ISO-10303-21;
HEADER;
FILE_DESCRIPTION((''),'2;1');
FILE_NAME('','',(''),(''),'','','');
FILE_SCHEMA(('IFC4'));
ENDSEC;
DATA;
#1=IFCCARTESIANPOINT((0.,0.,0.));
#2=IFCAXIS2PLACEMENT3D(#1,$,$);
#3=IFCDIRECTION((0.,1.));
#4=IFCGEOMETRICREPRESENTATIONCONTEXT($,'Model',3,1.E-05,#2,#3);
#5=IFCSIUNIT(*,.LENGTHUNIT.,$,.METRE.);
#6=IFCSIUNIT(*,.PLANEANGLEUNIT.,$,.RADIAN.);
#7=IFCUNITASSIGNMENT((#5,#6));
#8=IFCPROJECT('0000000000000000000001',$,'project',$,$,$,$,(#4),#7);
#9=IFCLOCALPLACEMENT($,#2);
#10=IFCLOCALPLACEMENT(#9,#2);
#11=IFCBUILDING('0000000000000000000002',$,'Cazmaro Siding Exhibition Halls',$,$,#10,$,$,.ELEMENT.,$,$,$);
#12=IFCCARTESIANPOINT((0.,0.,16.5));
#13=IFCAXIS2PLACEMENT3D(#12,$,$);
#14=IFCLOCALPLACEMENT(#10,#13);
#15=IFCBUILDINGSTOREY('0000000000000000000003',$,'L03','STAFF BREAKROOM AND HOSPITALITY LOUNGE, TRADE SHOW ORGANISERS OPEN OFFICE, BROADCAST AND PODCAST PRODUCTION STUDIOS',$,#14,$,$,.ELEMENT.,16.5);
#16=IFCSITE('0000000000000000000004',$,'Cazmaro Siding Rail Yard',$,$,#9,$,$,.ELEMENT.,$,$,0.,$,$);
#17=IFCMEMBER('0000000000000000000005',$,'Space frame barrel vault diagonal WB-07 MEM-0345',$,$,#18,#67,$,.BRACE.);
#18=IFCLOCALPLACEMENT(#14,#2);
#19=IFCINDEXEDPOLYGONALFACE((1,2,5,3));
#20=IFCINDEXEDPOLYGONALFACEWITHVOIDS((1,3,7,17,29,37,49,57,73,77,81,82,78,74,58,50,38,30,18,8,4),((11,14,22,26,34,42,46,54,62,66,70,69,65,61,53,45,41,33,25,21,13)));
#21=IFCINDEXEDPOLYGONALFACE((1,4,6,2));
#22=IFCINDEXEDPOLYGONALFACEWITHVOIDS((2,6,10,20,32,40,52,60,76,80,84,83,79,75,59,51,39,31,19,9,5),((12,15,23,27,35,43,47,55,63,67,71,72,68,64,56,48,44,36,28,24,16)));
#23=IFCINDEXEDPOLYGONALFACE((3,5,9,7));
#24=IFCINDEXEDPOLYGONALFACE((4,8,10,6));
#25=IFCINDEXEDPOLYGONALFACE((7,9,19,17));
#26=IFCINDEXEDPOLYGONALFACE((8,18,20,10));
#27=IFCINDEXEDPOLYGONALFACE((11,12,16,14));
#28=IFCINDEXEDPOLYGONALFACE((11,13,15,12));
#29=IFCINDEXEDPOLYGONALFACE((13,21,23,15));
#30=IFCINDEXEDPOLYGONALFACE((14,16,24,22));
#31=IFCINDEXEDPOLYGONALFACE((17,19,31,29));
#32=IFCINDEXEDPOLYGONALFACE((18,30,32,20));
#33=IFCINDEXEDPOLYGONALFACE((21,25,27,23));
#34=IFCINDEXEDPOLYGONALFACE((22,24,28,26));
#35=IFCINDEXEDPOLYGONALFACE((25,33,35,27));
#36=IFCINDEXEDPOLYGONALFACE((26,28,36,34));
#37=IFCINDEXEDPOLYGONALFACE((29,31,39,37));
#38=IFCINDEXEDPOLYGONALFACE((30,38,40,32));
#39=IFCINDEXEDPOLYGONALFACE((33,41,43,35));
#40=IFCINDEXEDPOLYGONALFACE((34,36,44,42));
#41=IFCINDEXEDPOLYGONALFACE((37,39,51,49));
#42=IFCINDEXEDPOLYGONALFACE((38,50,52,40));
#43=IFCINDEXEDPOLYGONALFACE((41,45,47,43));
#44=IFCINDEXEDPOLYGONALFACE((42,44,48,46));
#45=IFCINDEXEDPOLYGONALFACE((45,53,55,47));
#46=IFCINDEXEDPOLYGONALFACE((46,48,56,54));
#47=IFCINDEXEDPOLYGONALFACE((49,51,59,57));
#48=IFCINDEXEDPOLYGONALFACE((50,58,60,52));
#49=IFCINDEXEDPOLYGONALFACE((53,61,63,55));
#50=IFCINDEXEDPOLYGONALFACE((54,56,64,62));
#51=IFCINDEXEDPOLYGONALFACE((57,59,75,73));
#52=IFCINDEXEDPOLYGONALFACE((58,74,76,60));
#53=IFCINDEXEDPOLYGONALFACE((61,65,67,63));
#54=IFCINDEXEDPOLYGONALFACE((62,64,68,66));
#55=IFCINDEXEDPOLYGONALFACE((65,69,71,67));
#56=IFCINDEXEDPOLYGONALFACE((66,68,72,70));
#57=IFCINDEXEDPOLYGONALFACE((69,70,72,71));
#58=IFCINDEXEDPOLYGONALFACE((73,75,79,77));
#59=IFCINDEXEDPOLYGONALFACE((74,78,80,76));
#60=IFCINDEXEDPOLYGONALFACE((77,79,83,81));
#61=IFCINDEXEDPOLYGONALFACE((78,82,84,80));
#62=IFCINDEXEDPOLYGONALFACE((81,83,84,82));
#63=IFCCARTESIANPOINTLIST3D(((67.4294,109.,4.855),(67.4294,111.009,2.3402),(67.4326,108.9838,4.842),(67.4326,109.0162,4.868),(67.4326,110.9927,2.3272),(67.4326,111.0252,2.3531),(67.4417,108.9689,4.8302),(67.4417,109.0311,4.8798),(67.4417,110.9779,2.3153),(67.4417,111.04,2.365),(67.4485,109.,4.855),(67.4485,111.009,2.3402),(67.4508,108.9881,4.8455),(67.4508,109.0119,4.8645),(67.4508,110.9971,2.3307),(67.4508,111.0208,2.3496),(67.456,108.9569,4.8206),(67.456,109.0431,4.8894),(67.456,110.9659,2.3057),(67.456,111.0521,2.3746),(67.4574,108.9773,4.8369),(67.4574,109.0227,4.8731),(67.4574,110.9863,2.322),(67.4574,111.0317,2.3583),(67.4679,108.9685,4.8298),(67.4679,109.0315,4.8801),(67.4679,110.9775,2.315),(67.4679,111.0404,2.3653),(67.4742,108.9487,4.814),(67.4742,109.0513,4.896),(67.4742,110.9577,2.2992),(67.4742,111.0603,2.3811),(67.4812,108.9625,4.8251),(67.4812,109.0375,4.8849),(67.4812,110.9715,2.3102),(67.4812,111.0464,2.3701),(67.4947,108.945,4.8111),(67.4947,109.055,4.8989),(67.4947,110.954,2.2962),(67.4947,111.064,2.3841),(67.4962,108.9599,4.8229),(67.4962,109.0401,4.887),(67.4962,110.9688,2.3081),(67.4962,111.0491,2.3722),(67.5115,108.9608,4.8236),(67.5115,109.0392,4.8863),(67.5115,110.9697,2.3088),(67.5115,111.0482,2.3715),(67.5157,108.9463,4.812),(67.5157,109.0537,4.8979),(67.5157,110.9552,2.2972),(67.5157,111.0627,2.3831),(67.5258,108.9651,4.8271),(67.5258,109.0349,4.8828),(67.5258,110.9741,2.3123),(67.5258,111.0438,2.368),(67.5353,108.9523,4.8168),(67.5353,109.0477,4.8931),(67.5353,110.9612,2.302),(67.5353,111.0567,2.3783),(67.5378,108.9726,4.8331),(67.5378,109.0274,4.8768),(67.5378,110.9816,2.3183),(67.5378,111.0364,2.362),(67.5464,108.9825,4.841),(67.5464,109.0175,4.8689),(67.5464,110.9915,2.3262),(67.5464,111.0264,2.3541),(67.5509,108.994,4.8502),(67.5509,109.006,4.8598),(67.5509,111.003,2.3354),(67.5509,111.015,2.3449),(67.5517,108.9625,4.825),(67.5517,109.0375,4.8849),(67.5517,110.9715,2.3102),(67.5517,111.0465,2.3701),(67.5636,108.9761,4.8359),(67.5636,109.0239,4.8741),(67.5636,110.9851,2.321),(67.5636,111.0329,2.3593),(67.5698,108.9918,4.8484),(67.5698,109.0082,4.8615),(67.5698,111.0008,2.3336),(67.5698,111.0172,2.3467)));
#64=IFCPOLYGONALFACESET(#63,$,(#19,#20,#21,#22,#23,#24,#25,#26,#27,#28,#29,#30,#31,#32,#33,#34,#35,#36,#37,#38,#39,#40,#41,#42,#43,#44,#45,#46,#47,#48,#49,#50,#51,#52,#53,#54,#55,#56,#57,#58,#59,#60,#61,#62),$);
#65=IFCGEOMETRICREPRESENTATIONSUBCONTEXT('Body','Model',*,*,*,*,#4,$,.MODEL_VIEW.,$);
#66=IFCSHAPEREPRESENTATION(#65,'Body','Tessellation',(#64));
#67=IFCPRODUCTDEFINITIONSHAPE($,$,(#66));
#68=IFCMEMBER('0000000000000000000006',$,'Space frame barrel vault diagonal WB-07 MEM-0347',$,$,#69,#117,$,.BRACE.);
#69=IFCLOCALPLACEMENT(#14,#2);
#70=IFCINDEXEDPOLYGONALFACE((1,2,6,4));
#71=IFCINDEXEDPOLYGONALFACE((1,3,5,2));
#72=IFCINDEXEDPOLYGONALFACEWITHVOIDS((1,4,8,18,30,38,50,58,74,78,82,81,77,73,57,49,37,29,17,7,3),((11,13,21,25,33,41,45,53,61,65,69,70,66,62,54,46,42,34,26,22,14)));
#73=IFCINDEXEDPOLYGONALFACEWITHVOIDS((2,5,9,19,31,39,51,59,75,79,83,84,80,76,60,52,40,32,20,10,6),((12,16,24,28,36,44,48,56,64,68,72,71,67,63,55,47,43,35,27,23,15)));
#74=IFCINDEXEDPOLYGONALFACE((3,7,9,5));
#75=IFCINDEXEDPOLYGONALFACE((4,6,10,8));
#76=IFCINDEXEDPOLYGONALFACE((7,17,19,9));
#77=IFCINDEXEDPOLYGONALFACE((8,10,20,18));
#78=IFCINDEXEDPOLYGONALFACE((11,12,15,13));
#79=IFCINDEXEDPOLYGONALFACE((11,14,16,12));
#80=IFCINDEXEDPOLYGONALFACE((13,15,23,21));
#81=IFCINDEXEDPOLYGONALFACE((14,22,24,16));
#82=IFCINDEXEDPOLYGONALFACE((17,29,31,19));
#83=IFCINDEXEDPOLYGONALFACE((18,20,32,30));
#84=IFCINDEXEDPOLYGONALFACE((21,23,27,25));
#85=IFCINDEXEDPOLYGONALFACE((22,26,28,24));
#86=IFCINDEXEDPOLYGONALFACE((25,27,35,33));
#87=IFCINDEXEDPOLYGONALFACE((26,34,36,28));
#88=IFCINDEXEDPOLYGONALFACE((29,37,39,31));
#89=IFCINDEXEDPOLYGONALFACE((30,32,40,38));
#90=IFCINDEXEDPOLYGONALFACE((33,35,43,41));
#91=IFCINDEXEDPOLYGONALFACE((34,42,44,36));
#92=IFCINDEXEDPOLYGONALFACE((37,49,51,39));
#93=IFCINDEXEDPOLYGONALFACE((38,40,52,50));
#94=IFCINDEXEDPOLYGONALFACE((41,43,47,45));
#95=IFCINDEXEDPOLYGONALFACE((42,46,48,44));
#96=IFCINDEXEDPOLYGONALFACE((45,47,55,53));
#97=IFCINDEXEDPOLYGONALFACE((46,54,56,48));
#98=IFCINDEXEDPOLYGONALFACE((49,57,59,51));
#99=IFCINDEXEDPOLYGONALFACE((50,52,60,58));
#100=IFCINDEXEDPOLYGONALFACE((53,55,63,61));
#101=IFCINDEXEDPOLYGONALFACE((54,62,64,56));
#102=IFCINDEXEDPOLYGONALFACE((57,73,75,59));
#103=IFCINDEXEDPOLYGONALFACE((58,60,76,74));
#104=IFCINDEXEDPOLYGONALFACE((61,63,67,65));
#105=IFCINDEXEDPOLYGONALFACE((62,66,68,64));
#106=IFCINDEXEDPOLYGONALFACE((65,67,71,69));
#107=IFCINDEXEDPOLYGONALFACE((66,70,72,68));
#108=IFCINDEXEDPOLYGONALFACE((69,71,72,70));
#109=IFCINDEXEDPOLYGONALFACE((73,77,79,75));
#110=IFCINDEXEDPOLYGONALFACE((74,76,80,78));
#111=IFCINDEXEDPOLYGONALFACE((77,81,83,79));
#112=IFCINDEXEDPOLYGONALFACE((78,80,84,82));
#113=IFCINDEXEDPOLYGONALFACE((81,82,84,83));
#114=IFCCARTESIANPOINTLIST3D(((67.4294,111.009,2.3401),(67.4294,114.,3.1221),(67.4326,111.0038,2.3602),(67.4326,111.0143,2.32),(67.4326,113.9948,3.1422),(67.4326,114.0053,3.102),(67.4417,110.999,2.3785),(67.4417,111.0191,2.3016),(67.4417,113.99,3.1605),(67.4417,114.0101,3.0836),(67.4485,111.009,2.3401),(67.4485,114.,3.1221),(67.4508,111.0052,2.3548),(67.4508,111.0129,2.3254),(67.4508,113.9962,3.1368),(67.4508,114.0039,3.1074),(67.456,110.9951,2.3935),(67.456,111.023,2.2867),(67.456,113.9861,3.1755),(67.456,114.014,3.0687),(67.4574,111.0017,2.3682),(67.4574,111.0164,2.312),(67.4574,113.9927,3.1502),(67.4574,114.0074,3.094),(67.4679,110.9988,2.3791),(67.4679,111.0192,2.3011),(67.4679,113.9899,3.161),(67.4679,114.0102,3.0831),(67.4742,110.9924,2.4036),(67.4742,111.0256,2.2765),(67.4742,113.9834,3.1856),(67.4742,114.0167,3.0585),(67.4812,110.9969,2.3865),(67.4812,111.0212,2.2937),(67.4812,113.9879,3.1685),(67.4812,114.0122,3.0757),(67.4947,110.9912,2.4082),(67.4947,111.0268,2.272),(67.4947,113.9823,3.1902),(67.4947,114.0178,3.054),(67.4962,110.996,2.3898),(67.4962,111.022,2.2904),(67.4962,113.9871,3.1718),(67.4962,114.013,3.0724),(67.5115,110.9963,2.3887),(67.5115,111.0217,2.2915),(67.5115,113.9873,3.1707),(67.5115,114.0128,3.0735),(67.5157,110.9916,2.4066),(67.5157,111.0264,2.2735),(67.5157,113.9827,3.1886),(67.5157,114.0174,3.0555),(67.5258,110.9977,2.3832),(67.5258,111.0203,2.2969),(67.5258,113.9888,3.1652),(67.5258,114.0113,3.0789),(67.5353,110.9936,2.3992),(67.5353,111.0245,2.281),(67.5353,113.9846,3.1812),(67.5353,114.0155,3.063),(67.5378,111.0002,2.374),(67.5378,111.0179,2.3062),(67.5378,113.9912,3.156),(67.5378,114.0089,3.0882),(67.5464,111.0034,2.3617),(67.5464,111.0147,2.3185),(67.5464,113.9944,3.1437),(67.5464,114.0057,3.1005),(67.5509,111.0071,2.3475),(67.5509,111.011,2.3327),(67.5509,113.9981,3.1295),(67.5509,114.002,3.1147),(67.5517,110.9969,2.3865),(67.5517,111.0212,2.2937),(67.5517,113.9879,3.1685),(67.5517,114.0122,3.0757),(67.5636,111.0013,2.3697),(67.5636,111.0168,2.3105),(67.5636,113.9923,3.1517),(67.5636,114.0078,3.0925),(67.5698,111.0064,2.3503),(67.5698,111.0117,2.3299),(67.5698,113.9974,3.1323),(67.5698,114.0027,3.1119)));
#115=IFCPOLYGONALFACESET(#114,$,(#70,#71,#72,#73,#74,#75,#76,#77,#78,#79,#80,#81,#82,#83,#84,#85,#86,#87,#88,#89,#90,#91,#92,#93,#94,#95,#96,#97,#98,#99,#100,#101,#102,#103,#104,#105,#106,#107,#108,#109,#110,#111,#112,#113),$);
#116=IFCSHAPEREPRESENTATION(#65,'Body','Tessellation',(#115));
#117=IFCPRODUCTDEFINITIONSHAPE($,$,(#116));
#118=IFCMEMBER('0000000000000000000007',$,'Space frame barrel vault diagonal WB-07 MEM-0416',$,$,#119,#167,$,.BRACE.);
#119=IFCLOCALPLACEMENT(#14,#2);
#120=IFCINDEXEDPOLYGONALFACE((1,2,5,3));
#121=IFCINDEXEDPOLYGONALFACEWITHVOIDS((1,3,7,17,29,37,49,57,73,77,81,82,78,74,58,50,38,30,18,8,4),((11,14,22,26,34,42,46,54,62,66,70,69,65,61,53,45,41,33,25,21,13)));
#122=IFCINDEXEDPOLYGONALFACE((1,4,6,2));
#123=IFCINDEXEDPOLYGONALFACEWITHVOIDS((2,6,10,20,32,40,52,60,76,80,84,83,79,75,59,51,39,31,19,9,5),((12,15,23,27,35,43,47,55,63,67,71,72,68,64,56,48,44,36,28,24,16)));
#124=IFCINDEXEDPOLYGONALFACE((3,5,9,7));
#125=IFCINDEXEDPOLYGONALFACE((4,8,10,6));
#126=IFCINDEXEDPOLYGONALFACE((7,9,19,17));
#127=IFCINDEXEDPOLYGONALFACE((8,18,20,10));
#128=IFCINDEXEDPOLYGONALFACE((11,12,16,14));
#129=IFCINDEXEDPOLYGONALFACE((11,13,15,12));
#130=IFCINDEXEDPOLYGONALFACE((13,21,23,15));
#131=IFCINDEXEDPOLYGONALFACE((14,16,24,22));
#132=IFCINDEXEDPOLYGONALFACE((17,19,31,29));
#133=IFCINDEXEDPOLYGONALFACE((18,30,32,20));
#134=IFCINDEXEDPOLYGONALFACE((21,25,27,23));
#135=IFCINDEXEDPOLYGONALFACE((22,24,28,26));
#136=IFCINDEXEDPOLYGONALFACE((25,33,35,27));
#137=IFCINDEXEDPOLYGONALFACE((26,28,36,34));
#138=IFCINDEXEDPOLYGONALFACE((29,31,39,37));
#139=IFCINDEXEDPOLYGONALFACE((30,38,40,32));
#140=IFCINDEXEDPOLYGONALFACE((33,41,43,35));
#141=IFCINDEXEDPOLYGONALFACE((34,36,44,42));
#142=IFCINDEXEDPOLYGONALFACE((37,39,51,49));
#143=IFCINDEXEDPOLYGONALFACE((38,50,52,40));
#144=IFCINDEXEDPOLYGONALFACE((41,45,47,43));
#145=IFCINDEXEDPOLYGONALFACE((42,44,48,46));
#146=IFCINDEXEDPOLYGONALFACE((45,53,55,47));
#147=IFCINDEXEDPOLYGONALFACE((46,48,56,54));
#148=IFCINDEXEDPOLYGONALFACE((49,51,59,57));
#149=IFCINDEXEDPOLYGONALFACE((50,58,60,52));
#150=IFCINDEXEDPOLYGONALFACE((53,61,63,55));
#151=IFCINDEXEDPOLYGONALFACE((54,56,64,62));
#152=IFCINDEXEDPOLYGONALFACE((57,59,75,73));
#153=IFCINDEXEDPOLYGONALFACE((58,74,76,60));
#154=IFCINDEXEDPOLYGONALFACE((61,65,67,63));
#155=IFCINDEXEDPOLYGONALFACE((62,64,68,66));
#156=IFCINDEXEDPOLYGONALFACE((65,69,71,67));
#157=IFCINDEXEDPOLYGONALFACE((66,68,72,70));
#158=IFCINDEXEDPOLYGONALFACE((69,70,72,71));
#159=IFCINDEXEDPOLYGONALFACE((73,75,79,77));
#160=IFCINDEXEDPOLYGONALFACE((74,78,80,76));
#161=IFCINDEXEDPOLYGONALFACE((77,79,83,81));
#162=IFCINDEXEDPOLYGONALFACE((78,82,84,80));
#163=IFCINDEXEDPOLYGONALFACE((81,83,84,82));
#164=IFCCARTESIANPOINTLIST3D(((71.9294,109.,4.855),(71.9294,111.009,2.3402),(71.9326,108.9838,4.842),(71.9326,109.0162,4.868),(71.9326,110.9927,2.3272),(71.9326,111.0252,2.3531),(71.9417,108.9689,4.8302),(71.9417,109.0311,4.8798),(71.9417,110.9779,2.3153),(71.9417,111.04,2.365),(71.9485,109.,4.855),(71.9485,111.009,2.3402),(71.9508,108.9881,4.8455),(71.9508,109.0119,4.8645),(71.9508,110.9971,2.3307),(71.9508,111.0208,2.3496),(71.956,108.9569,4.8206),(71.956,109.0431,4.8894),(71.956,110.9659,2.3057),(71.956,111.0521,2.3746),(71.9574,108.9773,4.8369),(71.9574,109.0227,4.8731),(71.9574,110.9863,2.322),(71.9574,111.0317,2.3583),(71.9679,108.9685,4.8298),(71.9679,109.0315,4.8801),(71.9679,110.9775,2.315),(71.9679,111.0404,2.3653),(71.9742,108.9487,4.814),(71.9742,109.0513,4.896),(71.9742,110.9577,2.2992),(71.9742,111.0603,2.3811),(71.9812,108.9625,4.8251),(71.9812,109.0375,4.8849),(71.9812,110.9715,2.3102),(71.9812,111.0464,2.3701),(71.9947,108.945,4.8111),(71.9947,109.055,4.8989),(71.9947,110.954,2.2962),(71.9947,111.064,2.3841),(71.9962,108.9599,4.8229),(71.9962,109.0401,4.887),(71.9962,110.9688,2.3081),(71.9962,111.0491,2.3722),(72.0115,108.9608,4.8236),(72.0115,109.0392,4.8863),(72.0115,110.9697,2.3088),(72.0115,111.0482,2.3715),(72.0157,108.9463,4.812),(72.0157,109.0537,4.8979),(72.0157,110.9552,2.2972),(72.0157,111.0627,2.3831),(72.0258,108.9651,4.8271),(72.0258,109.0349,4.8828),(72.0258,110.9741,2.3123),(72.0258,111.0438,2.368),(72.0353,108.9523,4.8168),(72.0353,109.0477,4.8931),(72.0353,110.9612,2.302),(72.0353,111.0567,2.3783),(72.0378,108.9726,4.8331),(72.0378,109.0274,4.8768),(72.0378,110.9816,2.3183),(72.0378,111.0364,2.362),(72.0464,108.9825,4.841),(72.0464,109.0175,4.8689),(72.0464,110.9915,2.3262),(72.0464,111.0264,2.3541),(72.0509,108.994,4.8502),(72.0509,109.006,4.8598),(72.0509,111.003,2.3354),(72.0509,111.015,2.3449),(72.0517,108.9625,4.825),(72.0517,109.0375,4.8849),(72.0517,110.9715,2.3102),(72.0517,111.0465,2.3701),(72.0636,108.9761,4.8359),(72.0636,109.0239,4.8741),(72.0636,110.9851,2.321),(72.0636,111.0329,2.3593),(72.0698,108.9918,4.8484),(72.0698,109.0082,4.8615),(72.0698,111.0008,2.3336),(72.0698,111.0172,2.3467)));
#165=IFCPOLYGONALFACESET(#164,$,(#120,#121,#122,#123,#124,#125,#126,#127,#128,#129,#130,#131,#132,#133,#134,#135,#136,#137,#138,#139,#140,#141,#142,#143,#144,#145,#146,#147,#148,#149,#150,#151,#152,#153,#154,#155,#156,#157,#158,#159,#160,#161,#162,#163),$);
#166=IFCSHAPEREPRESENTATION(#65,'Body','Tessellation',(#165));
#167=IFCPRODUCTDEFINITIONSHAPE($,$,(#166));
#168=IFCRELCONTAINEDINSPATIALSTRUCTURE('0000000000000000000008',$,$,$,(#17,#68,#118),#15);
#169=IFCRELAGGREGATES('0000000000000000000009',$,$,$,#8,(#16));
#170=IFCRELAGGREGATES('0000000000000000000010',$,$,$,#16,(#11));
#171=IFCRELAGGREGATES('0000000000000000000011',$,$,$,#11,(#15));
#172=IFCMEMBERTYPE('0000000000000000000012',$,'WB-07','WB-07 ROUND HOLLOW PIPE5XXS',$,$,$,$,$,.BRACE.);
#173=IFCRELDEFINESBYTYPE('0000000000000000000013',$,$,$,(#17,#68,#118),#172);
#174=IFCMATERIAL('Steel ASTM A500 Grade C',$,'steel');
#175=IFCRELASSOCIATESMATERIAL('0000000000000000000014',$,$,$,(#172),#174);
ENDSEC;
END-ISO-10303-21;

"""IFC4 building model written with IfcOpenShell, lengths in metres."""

from ifc_helpers import new_model, si_unit, direction, frame, origin, origin_2d, place, context, subcontext, project, spatial, hollow_circle, extrude, material, material_profile, profile_set, type_object, element, save


model = new_model("IFC4")

# Units and contexts
model_context = context("Model", 3, precision=1e-05, world=origin(), true_north=direction((0.0, 1.0)))
body_context = subcontext(model_context, "Body", "Model", "MODEL_VIEW")
ifc_project = project(units=[si_unit("LENGTHUNIT", "METRE"), si_unit("PLANEANGLEUNIT", "RADIAN")], contexts=[model_context])

# Site, building, storey
site_placement = place(None, origin())
site = spatial("IfcSite", under=ifc_project, at=site_placement, Name="Cazmaro Siding Rail Yard", CompositionType="ELEMENT", RefElevation=0.0)
building_placement = place(site_placement, origin())
building = spatial("IfcBuilding", under=site, at=building_placement, Name="Cazmaro Siding Exhibition Halls", CompositionType="ELEMENT")
storey_placement = place(building_placement, frame((0.0, 0.0, 16.5)))
storey = spatial("IfcBuildingStorey", under=building, at=storey_placement, Name="L03", Description="STAFF BREAKROOM AND HOSPITALITY LOUNGE, TRADE SHOW ORGANISERS OPEN OFFICE, BROADCAST AND PODCAST PRODUCTION STUDIOS", CompositionType="ELEMENT", Elevation=16.5)

# Members
ifc_material_1 = material(Name="Steel ASTM A500 Grade C", Category="steel")
ifc_material_profile_1 = material_profile(ifc_material_1, hollow_circle(Radius=0.0706, WallThickness=0.019, at=origin_2d()), Name="PIPE5XXS")
ifc_profile_set_1 = profile_set([ifc_material_profile_1], Name="Steel ASTM A500 Grade C")
member_type_1 = type_object("IfcMemberType", Name="WB-07", Description="WB-07 ROUND HOLLOW PIPE5XXS", PredefinedType="BRACE", material=ifc_profile_set_1)
member_1_placement = place(storey_placement, frame((67.5, 109.0, 4.855), z_axis=(0.0, 0.624149, -0.781305), x_axis=(-1.0, 0.0, 0.0)))
element("IfcMember", 1, at=member_1_placement, inside=storey, type_object=member_type_1, Name="Space frame barrel vault diagonal WB-07 MEM-0345", PredefinedType="BRACE", context=body_context, shape_type="SweptSolid", body=[
    extrude(hollow_circle(Radius=0.0706, WallThickness=0.019, at=origin_2d()), origin(), (0.0, 0.0, 1.0), 3.2188),
])
member_2_placement = place(storey_placement, frame((67.5, 111.009, 2.3401), z_axis=(0.0, 0.96748, 0.252946), x_axis=(-1.0, 0.0, 0.0)))
element("IfcMember", 2, at=member_2_placement, inside=storey, type_object=member_type_1, Name="Space frame barrel vault diagonal WB-07 MEM-0347", PredefinedType="BRACE", context=body_context, shape_type="SweptSolid", body=[
    extrude(hollow_circle(Radius=0.0706, WallThickness=0.019, at=origin_2d()), origin(), (0.0, 0.0, 1.0), 3.0916),
])
member_3_placement = place(storey_placement, frame((72.0, 109.0, 4.855), z_axis=(0.0, 0.624149, -0.781305), x_axis=(-1.0, 0.0, 0.0)))
element("IfcMember", 3, at=member_3_placement, inside=storey, type_object=member_type_1, Name="Space frame barrel vault diagonal WB-07 MEM-0416", PredefinedType="BRACE", context=body_context, shape_type="SweptSolid", body=[
    extrude(hollow_circle(Radius=0.0706, WallThickness=0.019, at=origin_2d()), origin(), (0.0, 0.0, 1.0), 3.2188),
])

save(model, "model.ifc")
